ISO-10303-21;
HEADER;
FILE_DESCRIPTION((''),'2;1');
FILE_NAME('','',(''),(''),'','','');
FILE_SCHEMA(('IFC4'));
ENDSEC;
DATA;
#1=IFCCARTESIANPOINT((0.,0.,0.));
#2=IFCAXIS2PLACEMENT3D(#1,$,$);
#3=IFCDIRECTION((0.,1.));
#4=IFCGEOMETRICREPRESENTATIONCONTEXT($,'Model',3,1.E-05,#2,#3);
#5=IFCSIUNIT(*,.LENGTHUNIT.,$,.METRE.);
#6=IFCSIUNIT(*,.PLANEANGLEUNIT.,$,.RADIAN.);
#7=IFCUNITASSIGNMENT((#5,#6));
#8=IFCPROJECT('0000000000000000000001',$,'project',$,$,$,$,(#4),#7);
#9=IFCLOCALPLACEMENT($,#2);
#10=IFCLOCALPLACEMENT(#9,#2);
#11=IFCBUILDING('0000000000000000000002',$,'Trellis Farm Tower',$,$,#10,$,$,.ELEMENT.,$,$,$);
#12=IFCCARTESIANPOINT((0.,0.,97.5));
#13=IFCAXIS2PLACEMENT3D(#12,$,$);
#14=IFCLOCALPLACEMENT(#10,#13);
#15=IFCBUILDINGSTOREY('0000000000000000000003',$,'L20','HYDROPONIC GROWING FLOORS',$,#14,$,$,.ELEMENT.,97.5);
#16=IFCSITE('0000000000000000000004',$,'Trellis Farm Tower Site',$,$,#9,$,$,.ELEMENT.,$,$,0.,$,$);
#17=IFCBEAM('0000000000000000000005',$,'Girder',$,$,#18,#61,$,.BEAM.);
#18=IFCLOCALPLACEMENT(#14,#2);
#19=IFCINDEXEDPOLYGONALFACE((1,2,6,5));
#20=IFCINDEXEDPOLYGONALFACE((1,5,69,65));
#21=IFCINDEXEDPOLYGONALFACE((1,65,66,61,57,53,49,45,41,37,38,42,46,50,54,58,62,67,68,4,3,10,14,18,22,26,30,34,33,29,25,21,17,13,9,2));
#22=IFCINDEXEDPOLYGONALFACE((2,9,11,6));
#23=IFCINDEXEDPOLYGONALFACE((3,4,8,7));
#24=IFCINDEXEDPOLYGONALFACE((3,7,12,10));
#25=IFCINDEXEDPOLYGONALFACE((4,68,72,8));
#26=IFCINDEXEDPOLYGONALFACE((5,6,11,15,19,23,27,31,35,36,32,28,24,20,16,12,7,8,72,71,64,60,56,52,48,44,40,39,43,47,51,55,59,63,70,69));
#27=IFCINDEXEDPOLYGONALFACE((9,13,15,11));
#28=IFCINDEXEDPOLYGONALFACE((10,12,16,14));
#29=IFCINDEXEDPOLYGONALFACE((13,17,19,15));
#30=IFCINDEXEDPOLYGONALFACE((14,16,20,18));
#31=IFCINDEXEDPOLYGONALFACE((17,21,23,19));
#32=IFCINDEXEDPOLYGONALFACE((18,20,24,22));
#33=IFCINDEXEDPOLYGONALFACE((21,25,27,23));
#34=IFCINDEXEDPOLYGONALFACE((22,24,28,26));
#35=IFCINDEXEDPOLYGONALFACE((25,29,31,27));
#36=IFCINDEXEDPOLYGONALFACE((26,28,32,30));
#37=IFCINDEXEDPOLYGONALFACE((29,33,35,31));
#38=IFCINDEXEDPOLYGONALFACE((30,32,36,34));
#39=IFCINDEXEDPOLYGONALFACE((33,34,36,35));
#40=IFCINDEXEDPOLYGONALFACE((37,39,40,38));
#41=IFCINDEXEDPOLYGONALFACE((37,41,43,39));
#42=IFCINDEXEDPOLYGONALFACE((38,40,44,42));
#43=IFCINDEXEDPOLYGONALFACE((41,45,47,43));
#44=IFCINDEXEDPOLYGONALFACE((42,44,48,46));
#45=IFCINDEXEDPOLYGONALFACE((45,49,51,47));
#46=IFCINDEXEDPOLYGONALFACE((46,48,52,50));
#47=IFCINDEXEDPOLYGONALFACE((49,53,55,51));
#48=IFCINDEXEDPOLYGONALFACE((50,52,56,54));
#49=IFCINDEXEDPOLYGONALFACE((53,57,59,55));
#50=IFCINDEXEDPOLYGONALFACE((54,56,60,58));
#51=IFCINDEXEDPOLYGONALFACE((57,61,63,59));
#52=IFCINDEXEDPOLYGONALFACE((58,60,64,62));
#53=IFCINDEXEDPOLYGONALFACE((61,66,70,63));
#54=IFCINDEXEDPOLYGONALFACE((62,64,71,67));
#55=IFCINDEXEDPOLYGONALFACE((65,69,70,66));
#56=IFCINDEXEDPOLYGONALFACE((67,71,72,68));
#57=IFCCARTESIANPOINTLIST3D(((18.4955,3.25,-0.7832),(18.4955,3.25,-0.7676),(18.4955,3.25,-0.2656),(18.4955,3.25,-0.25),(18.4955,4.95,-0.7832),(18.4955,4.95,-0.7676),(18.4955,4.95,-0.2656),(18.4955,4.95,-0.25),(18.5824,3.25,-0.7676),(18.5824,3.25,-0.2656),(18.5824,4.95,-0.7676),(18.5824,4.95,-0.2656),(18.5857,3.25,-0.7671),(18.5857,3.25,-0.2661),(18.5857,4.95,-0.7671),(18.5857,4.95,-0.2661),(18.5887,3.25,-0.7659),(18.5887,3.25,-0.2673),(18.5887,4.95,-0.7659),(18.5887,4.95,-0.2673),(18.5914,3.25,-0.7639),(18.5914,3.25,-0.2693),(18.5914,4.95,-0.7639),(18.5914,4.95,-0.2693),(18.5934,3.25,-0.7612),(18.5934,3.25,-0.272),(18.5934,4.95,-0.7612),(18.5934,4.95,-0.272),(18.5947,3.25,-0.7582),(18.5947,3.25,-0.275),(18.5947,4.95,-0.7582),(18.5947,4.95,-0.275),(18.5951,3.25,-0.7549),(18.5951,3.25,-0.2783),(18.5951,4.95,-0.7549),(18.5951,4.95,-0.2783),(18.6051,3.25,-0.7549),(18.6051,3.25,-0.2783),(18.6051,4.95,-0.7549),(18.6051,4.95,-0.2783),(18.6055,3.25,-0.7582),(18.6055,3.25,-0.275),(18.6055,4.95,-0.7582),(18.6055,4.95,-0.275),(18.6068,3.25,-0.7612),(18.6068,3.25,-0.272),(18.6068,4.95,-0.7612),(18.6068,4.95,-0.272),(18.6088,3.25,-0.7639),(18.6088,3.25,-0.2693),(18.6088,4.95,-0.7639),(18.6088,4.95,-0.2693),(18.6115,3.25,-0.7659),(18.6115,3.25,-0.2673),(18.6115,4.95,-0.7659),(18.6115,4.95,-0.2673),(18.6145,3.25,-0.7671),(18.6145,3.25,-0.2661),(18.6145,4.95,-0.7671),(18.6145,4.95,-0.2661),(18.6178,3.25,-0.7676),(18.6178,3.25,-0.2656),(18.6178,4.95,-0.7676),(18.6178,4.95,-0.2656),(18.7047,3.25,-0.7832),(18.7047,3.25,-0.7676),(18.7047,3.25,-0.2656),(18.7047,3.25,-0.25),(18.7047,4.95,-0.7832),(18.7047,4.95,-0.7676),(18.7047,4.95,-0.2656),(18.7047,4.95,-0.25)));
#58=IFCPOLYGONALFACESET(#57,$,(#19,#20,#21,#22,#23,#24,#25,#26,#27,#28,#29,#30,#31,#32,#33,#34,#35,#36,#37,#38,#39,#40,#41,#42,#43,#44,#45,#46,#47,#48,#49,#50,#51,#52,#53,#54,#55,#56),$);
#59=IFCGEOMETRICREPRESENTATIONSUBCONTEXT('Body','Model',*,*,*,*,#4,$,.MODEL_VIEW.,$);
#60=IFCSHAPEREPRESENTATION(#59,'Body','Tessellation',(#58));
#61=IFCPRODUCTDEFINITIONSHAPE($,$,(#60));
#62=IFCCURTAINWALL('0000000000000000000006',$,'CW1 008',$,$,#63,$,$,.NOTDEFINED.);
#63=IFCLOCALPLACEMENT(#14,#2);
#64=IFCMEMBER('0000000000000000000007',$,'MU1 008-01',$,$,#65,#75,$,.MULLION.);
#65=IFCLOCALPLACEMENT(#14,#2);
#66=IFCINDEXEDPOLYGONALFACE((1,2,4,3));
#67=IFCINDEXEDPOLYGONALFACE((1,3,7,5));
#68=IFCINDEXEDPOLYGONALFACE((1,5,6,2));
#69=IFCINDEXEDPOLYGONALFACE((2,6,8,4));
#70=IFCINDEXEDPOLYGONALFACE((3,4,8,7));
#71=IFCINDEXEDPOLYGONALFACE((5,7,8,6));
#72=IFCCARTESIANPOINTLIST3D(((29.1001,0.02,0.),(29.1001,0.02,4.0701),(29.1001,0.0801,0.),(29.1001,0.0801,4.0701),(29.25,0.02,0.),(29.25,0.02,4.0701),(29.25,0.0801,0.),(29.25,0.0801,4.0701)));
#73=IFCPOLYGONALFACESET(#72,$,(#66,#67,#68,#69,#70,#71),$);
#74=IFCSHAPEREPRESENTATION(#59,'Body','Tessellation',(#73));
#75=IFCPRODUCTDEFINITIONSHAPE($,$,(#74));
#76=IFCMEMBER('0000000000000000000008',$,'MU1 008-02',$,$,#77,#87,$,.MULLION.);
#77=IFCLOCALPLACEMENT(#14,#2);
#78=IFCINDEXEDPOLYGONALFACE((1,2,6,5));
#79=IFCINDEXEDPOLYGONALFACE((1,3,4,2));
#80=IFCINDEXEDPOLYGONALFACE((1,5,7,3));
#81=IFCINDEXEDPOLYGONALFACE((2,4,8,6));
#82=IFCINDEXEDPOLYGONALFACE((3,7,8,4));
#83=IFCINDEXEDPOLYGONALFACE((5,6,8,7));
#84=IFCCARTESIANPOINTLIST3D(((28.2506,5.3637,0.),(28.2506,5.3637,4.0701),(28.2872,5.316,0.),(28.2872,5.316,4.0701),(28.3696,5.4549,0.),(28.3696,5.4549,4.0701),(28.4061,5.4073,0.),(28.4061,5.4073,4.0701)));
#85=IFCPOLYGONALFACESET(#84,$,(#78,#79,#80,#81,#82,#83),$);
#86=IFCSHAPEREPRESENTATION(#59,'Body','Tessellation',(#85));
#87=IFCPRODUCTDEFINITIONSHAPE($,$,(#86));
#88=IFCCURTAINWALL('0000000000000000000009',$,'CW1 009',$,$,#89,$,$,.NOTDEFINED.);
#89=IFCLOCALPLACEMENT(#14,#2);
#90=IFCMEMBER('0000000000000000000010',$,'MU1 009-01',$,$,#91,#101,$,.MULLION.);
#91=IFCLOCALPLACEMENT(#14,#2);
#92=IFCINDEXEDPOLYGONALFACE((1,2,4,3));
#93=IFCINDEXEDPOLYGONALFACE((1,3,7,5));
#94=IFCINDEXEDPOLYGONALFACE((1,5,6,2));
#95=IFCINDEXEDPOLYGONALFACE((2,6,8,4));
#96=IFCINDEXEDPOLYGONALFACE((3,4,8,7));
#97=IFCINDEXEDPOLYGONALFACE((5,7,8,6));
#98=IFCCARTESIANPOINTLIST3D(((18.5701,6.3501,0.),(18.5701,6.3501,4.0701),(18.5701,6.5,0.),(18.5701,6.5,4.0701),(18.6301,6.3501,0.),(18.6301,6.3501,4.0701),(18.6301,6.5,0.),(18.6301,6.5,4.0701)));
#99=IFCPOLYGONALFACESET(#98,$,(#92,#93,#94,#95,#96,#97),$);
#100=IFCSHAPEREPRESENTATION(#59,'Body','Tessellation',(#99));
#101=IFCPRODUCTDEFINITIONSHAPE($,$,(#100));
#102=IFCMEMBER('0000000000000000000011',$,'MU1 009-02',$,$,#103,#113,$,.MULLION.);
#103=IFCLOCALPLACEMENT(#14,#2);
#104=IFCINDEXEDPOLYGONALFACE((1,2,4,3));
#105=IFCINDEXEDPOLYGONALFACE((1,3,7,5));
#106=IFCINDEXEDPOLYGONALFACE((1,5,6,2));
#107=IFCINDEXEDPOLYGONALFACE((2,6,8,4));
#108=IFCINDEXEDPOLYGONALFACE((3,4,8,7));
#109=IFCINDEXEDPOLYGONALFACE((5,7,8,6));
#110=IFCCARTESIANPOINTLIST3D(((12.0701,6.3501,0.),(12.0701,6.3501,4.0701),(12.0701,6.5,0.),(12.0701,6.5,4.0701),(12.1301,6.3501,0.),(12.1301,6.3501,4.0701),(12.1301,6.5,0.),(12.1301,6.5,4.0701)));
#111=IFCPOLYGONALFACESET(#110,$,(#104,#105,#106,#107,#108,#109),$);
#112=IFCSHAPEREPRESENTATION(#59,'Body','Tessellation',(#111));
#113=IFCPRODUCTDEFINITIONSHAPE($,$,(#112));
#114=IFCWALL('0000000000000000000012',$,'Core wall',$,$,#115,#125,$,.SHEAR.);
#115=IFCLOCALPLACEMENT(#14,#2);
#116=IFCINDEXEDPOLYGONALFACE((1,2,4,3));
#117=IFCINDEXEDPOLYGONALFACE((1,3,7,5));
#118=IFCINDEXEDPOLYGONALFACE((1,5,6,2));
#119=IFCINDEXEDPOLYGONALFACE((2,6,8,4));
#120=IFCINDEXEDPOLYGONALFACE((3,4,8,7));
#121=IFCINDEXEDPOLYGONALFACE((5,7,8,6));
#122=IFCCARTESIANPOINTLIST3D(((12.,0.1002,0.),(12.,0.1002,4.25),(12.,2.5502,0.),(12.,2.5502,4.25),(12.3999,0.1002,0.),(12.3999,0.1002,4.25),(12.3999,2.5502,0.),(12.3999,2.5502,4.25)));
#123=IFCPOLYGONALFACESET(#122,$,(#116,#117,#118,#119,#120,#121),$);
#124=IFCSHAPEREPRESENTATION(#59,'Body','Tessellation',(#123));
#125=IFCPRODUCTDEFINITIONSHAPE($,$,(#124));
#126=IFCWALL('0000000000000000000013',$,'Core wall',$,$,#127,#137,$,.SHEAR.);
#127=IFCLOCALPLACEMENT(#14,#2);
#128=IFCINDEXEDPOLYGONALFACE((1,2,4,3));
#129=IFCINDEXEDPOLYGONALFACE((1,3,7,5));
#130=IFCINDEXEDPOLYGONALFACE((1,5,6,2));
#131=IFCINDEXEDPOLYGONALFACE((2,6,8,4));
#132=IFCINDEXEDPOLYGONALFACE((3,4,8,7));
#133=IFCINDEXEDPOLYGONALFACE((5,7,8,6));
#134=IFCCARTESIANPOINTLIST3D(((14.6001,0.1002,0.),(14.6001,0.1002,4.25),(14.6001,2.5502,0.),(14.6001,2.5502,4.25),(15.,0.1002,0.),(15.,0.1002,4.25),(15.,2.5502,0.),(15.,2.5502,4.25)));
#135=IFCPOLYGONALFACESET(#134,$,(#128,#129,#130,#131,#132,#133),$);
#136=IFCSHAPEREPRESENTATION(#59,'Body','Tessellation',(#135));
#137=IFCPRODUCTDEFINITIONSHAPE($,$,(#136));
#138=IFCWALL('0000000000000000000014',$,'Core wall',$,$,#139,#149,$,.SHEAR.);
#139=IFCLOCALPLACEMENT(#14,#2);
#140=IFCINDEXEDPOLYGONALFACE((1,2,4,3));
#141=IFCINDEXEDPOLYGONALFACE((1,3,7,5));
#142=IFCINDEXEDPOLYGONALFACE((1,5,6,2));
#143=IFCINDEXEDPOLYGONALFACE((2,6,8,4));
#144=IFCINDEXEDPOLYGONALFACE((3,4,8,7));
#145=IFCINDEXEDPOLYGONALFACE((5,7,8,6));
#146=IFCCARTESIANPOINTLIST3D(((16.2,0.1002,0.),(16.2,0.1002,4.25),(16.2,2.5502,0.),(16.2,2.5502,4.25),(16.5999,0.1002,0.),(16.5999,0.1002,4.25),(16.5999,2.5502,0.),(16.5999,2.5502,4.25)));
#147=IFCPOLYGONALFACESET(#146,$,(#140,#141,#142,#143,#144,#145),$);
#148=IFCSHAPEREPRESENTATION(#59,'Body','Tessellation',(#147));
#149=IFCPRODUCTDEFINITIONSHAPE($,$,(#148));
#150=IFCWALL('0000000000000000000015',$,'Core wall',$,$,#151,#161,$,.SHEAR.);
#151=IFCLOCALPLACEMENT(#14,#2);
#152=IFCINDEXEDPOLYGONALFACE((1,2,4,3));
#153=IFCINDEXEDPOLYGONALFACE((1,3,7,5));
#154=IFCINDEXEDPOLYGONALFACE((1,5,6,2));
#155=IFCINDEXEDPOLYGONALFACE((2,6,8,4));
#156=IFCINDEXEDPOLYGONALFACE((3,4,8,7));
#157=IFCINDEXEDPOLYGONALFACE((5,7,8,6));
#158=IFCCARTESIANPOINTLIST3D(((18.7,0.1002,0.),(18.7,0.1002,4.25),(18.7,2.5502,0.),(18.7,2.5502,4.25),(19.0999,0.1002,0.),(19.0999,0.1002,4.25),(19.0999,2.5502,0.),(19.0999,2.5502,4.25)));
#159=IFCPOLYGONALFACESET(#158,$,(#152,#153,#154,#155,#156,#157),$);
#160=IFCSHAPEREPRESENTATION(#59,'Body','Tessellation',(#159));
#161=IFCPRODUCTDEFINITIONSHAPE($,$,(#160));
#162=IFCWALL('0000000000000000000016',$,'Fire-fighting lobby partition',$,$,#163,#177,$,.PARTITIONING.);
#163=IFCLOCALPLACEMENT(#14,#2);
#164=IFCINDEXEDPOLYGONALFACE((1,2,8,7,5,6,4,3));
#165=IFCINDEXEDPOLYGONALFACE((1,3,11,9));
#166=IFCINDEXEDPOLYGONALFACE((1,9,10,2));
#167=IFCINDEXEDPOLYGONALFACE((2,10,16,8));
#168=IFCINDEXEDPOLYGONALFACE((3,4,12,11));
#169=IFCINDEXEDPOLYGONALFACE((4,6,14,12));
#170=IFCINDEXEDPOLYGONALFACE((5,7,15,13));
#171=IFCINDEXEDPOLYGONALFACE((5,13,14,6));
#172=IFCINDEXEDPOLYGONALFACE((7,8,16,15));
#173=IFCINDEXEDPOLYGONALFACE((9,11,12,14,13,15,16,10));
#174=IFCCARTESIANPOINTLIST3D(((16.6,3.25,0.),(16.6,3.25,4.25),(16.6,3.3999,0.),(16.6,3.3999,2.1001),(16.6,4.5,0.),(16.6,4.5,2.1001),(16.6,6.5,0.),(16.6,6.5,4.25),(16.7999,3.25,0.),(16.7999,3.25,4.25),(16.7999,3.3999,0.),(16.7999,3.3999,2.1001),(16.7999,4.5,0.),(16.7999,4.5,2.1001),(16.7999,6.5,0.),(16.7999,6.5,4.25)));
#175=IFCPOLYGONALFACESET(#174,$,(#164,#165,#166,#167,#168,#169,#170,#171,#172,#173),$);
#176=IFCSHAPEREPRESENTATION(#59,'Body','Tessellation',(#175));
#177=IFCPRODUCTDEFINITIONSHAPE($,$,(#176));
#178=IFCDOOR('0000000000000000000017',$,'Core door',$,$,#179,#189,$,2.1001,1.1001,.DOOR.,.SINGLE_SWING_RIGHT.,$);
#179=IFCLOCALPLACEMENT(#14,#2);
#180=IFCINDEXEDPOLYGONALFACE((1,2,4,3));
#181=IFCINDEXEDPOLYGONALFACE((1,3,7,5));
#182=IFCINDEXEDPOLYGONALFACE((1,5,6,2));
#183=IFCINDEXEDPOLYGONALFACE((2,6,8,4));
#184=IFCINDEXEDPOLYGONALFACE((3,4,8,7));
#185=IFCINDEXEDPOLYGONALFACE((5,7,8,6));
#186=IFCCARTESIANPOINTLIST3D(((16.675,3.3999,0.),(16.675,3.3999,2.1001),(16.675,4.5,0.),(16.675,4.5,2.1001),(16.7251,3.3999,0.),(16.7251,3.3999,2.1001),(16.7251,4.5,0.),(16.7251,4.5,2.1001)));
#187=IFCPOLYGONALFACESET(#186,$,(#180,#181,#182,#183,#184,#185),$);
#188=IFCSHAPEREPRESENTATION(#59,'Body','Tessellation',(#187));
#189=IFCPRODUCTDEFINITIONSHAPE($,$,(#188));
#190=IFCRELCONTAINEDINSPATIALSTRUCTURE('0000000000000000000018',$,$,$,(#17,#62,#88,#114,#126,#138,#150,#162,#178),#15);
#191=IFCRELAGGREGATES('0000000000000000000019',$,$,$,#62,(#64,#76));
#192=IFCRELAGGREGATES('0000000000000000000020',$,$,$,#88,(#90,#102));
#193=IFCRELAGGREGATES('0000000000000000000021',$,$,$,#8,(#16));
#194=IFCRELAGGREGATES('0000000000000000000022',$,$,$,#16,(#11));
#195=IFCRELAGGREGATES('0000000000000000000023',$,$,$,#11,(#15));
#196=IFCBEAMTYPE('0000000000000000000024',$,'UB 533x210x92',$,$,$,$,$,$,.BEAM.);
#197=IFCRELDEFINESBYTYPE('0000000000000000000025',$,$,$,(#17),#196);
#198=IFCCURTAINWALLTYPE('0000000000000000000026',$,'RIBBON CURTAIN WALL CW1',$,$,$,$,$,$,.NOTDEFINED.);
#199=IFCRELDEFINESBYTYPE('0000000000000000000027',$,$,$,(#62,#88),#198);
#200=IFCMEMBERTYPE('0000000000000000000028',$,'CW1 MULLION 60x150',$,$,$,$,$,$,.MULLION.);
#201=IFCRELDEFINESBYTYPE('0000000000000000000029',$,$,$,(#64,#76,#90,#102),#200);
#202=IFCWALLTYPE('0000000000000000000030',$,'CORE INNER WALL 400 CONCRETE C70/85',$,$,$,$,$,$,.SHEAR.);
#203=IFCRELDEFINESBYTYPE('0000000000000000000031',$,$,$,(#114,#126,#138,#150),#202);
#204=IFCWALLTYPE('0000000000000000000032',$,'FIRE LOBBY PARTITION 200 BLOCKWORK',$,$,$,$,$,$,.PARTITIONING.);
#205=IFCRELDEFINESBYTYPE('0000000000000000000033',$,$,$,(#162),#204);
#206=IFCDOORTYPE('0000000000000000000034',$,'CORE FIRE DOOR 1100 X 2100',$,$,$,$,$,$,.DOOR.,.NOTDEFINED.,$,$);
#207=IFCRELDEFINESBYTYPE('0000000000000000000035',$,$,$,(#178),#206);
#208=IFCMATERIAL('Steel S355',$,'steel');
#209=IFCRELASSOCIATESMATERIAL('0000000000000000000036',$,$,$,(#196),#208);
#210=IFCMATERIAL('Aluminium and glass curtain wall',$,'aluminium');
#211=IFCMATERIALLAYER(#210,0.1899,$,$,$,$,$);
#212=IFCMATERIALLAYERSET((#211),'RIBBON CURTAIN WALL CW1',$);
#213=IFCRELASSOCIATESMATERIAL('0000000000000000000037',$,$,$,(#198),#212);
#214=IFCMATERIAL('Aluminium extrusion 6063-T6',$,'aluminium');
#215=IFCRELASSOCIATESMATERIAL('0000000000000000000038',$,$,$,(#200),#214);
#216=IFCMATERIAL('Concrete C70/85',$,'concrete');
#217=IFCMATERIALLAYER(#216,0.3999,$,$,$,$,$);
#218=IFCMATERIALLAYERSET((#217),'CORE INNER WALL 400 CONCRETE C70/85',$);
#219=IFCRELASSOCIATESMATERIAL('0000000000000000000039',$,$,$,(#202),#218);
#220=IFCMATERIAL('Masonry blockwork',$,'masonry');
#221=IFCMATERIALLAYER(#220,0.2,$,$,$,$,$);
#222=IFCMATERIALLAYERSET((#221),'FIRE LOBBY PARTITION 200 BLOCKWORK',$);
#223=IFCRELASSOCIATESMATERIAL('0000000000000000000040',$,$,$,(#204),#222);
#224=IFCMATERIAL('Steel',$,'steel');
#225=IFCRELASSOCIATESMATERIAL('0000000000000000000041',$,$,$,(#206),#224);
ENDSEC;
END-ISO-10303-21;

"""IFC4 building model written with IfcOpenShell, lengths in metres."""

from ifc_helpers import new_model, si_unit, direction, frame, frame_2d, origin, origin_2d, place, context, subcontext, project, spatial, rectangle, i_section, extrude, source, transform, mapped, material, layer, layer_set, material_profile, profile_set, type_object, element, fill, aggregate, save


model = new_model("IFC4")

# Units and contexts
model_context = context("Model", 3, precision=1e-05, world=origin(), true_north=direction((0.0, 1.0)))
body_context = subcontext(model_context, "Body", "Model", "MODEL_VIEW")
ifc_project = project(units=[si_unit("LENGTHUNIT", "METRE"), si_unit("PLANEANGLEUNIT", "RADIAN")], contexts=[model_context])

# Site, building, storey
site_placement = place(None, origin())
site = spatial("IfcSite", under=ifc_project, at=site_placement, Name="Trellis Farm Tower Site", CompositionType="ELEMENT", RefElevation=0.0)
building_placement = place(site_placement, origin())
building = spatial("IfcBuilding", under=site, at=building_placement, Name="Trellis Farm Tower", CompositionType="ELEMENT")
storey_placement = place(building_placement, frame((0.0, 0.0, 97.5)))
storey = spatial("IfcBuildingStorey", under=building, at=storey_placement, Name="L20", Description="HYDROPONIC GROWING FLOORS", CompositionType="ELEMENT", Elevation=97.5)

# Beam
ifc_material_1 = material(Name="Steel S355", Category="steel")
ifc_material_profile_1 = material_profile(ifc_material_1, i_section(OverallWidth=0.2092, OverallDepth=0.5332, WebThickness=0.01, FlangeThickness=0.0156, FilletRadius=0.0127, at=origin_2d()), Name="UB 533x210x92")
ifc_profile_set_1 = profile_set([ifc_material_profile_1], Name="Steel S355")
beam_type_1 = type_object("IfcBeamType", Name="UB 533x210x92", PredefinedType="BEAM", material=ifc_profile_set_1)
shared_shape_1 = source(origin(), body_context, "Body", "SweptSolid", [
    extrude(i_section(OverallWidth=0.2092, OverallDepth=0.5332, WebThickness=0.01, FlangeThickness=0.0156, FilletRadius=0.0127, at=origin_2d()), origin(), (0.0, 0.0, 1.0), 1.7),
])
beam_1_placement = place(storey_placement, frame((18.6001, 3.25, -0.5166), z_axis=(0.0, 1.0, 0.0), x_axis=(-1.0, 0.0, 0.0)))
element("IfcBeam", 1, at=beam_1_placement, inside=storey, type_object=beam_type_1, Name="Girder", PredefinedType="BEAM", context=body_context, shape_type="MappedRepresentation", body=[
    mapped(shared_shape_1, transform((0.0, 0.0, 0.0))),
])

# Curtain walls, members
ifc_material_2 = material(Name="Aluminium and glass curtain wall", Category="aluminium")
ifc_layer_1 = layer(ifc_material_2, 0.1899)
ifc_layer_set_1 = layer_set([ifc_layer_1], Name="RIBBON CURTAIN WALL CW1")
curtain_wall_type = type_object("IfcCurtainWallType", Name="RIBBON CURTAIN WALL CW1", PredefinedType="NOTDEFINED", material=ifc_layer_set_1)
placement = place(storey_placement, origin())
curtain_wall_1 = element("IfcCurtainWall", 2, at=placement, inside=storey, type_object=curtain_wall_type, Name="CW1 008", PredefinedType="NOTDEFINED")
ifc_material_3 = material(Name="Aluminium extrusion 6063-T6", Category="aluminium")
ifc_material_profile_2 = material_profile(ifc_material_3, rectangle(XDim=0.0601, YDim=0.1499, at=origin_2d()), Name="MULLION 60x150")
ifc_profile_set_2 = profile_set([ifc_material_profile_2], Name="Aluminium extrusion 6063-T6")
member_type = type_object("IfcMemberType", Name="CW1 MULLION 60x150", PredefinedType="MULLION", material=ifc_profile_set_2)
shared_shape_2 = source(origin(), body_context, "Body", "SweptSolid", [
    extrude(rectangle(XDim=0.0601, YDim=0.1499, at=origin_2d()), origin(), (0.0, 0.0, 1.0), 4.0701),
])
member_1_placement = place(storey_placement, frame((29.175, 0.05, 0.0), z_axis=(0.0, 0.0, 1.0), x_axis=(0.0, 1.0, 0.0)))
member_1 = element("IfcMember", 3, at=member_1_placement, type_object=member_type, Name="MU1 008-01", PredefinedType="MULLION", context=body_context, shape_type="MappedRepresentation", body=[
    mapped(shared_shape_2, transform((0.0, 0.0, 0.0))),
])
member_2_placement = place(storey_placement, frame((28.3284, 5.3855, 0.0), z_axis=(0.0, 0.0, 1.0), x_axis=(-0.608761, 0.793353, 0.0)))
member_2 = element("IfcMember", 4, at=member_2_placement, type_object=member_type, Name="MU1 008-02", PredefinedType="MULLION", context=body_context, shape_type="MappedRepresentation", body=[
    mapped(shared_shape_2, transform((0.0, 0.0, 0.0))),
])
aggregate(curtain_wall_1, [member_1, member_2])
curtain_wall_2 = element("IfcCurtainWall", 5, at=placement, inside=storey, type_object=curtain_wall_type, Name="CW1 009", PredefinedType="NOTDEFINED")
member_3_placement = place(storey_placement, frame((18.6001, 6.425, 0.0), z_axis=(0.0, 0.0, 1.0), x_axis=(-1.0, 0.0, 0.0)))
member_3 = element("IfcMember", 6, at=member_3_placement, type_object=member_type, Name="MU1 009-01", PredefinedType="MULLION", context=body_context, shape_type="MappedRepresentation", body=[
    mapped(shared_shape_2, transform((0.0, 0.0, 0.0))),
])
member_4_placement = place(storey_placement, frame((12.1001, 6.425, 0.0), z_axis=(0.0, 0.0, 1.0), x_axis=(-1.0, 0.0, 0.0)))
member_4 = element("IfcMember", 7, at=member_4_placement, type_object=member_type, Name="MU1 009-02", PredefinedType="MULLION", context=body_context, shape_type="MappedRepresentation", body=[
    mapped(shared_shape_2, transform((0.0, 0.0, 0.0))),
])
aggregate(curtain_wall_2, [member_3, member_4])

# Walls
ifc_material_4 = material(Name="Concrete C70/85", Category="concrete")
ifc_layer_2 = layer(ifc_material_4, 0.3999)
ifc_layer_set_2 = layer_set([ifc_layer_2], Name="CORE INNER WALL 400 CONCRETE C70/85")
wall_type_1 = type_object("IfcWallType", Name="CORE INNER WALL 400 CONCRETE C70/85", PredefinedType="SHEAR", material=ifc_layer_set_2)
shared_shape_3 = source(origin(), body_context, "Body", "SweptSolid", [
    extrude(rectangle(XDim=2.45, YDim=0.3999, at=frame_2d((1.2251, 0.0))), origin(), (0.0, 0.0, 1.0), 4.25),
])
for number, where, z_axis, x_axis, name in (
    (8, (12.2, 0.1001, 0.0), (0.0, 0.0, 1.0), (0.0, 1.0, 0.0), "Core wall"),
    (9, (14.8, 0.1001, 0.0), (0.0, 0.0, 1.0), (0.0, 1.0, 0.0), "Core wall"),
    (10, (16.3999, 0.1001, 0.0), (0.0, 0.0, 1.0), (0.0, 1.0, 0.0), "Core wall"),
    (11, (18.8999, 0.1001, 0.0), (0.0, 0.0, 1.0), (0.0, 1.0, 0.0), "Core wall"),
):
    element("IfcWall", number, at=place(storey_placement, frame(where, z_axis=z_axis, x_axis=x_axis)), inside=storey, type_object=wall_type_1, Name=name, PredefinedType="SHEAR", context=body_context, shape_type="MappedRepresentation", body=[
        mapped(shared_shape_3, transform((0.0, 0.0, 0.0))),
    ])

# Wall, opening, door
ifc_material_5 = material(Name="Masonry blockwork", Category="masonry")
ifc_layer_3 = layer(ifc_material_5, 0.2)
ifc_layer_set_3 = layer_set([ifc_layer_3], Name="FIRE LOBBY PARTITION 200 BLOCKWORK")
wall_type_2 = type_object("IfcWallType", Name="FIRE LOBBY PARTITION 200 BLOCKWORK", PredefinedType="PARTITIONING", material=ifc_layer_set_3)
shared_shape_4 = source(origin(), body_context, "Body", "SweptSolid", [
    extrude(rectangle(XDim=3.25, YDim=0.2, at=frame_2d((1.625, 0.0))), origin(), (0.0, 0.0, 1.0), 4.25),
])
wall_1_placement = place(storey_placement, frame((16.7, 3.25, 0.0), z_axis=(0.0, 0.0, 1.0), x_axis=(0.0, 1.0, 0.0)))
wall_1 = element("IfcWall", 12, at=wall_1_placement, inside=storey, type_object=wall_type_2, Name="Fire-fighting lobby partition", PredefinedType="PARTITIONING", context=body_context, shape_type="MappedRepresentation", body=[
    mapped(shared_shape_4, transform((0.0, 0.0, 0.0))),
])
shared_shape_5 = source(origin(), body_context, "Body", "SweptSolid", [
    extrude(rectangle(XDim=1.1001, YDim=2.1001, at=frame_2d((0.55, 1.05))), frame((0.0, 0.1101, 0.0), z_axis=(0.0, -1.0, 0.0), x_axis=(1.0, 0.0, 0.0)), (0.0, 0.0, 1.0), 0.2202),
])
opening_1_placement = place(wall_1_placement, frame((0.1499, 0.0, 0.0)))
opening_1 = element("IfcOpeningElement", 13, at=opening_1_placement, cuts=wall_1, PredefinedType="OPENING", context=body_context, shape_type="MappedRepresentation", body=[
    mapped(shared_shape_5, transform((0.0, 0.0, 0.0))),
])
ifc_material_6 = material(Name="Steel", Category="steel")
door_type_1 = type_object("IfcDoorType", Name="CORE FIRE DOOR 1100 X 2100", OperationType="NOTDEFINED", PredefinedType="DOOR", material=ifc_material_6)
shared_shape_6 = source(origin(), body_context, "Body", "SweptSolid", [
    extrude(rectangle(XDim=1.1001, YDim=2.1001, at=frame_2d((0.55, 1.05))), frame((0.0, 0.0249, 0.0), z_axis=(0.0, -1.0, 0.0), x_axis=(1.0, 0.0, 0.0)), (0.0, 0.0, 1.0), 0.05),
])
door_1_placement = place(opening_1_placement, origin())
door_1 = element("IfcDoor", 14, at=door_1_placement, inside=storey, type_object=door_type_1, Name="Core door", OperationType="SINGLE_SWING_RIGHT", OverallHeight=2.1001, OverallWidth=1.1001, PredefinedType="DOOR", context=body_context, shape_type="MappedRepresentation", body=[
    mapped(shared_shape_6, transform((0.0, 0.0, 0.0))),
])
fill(opening_1, door_1)

save(model, "model.ifc")
